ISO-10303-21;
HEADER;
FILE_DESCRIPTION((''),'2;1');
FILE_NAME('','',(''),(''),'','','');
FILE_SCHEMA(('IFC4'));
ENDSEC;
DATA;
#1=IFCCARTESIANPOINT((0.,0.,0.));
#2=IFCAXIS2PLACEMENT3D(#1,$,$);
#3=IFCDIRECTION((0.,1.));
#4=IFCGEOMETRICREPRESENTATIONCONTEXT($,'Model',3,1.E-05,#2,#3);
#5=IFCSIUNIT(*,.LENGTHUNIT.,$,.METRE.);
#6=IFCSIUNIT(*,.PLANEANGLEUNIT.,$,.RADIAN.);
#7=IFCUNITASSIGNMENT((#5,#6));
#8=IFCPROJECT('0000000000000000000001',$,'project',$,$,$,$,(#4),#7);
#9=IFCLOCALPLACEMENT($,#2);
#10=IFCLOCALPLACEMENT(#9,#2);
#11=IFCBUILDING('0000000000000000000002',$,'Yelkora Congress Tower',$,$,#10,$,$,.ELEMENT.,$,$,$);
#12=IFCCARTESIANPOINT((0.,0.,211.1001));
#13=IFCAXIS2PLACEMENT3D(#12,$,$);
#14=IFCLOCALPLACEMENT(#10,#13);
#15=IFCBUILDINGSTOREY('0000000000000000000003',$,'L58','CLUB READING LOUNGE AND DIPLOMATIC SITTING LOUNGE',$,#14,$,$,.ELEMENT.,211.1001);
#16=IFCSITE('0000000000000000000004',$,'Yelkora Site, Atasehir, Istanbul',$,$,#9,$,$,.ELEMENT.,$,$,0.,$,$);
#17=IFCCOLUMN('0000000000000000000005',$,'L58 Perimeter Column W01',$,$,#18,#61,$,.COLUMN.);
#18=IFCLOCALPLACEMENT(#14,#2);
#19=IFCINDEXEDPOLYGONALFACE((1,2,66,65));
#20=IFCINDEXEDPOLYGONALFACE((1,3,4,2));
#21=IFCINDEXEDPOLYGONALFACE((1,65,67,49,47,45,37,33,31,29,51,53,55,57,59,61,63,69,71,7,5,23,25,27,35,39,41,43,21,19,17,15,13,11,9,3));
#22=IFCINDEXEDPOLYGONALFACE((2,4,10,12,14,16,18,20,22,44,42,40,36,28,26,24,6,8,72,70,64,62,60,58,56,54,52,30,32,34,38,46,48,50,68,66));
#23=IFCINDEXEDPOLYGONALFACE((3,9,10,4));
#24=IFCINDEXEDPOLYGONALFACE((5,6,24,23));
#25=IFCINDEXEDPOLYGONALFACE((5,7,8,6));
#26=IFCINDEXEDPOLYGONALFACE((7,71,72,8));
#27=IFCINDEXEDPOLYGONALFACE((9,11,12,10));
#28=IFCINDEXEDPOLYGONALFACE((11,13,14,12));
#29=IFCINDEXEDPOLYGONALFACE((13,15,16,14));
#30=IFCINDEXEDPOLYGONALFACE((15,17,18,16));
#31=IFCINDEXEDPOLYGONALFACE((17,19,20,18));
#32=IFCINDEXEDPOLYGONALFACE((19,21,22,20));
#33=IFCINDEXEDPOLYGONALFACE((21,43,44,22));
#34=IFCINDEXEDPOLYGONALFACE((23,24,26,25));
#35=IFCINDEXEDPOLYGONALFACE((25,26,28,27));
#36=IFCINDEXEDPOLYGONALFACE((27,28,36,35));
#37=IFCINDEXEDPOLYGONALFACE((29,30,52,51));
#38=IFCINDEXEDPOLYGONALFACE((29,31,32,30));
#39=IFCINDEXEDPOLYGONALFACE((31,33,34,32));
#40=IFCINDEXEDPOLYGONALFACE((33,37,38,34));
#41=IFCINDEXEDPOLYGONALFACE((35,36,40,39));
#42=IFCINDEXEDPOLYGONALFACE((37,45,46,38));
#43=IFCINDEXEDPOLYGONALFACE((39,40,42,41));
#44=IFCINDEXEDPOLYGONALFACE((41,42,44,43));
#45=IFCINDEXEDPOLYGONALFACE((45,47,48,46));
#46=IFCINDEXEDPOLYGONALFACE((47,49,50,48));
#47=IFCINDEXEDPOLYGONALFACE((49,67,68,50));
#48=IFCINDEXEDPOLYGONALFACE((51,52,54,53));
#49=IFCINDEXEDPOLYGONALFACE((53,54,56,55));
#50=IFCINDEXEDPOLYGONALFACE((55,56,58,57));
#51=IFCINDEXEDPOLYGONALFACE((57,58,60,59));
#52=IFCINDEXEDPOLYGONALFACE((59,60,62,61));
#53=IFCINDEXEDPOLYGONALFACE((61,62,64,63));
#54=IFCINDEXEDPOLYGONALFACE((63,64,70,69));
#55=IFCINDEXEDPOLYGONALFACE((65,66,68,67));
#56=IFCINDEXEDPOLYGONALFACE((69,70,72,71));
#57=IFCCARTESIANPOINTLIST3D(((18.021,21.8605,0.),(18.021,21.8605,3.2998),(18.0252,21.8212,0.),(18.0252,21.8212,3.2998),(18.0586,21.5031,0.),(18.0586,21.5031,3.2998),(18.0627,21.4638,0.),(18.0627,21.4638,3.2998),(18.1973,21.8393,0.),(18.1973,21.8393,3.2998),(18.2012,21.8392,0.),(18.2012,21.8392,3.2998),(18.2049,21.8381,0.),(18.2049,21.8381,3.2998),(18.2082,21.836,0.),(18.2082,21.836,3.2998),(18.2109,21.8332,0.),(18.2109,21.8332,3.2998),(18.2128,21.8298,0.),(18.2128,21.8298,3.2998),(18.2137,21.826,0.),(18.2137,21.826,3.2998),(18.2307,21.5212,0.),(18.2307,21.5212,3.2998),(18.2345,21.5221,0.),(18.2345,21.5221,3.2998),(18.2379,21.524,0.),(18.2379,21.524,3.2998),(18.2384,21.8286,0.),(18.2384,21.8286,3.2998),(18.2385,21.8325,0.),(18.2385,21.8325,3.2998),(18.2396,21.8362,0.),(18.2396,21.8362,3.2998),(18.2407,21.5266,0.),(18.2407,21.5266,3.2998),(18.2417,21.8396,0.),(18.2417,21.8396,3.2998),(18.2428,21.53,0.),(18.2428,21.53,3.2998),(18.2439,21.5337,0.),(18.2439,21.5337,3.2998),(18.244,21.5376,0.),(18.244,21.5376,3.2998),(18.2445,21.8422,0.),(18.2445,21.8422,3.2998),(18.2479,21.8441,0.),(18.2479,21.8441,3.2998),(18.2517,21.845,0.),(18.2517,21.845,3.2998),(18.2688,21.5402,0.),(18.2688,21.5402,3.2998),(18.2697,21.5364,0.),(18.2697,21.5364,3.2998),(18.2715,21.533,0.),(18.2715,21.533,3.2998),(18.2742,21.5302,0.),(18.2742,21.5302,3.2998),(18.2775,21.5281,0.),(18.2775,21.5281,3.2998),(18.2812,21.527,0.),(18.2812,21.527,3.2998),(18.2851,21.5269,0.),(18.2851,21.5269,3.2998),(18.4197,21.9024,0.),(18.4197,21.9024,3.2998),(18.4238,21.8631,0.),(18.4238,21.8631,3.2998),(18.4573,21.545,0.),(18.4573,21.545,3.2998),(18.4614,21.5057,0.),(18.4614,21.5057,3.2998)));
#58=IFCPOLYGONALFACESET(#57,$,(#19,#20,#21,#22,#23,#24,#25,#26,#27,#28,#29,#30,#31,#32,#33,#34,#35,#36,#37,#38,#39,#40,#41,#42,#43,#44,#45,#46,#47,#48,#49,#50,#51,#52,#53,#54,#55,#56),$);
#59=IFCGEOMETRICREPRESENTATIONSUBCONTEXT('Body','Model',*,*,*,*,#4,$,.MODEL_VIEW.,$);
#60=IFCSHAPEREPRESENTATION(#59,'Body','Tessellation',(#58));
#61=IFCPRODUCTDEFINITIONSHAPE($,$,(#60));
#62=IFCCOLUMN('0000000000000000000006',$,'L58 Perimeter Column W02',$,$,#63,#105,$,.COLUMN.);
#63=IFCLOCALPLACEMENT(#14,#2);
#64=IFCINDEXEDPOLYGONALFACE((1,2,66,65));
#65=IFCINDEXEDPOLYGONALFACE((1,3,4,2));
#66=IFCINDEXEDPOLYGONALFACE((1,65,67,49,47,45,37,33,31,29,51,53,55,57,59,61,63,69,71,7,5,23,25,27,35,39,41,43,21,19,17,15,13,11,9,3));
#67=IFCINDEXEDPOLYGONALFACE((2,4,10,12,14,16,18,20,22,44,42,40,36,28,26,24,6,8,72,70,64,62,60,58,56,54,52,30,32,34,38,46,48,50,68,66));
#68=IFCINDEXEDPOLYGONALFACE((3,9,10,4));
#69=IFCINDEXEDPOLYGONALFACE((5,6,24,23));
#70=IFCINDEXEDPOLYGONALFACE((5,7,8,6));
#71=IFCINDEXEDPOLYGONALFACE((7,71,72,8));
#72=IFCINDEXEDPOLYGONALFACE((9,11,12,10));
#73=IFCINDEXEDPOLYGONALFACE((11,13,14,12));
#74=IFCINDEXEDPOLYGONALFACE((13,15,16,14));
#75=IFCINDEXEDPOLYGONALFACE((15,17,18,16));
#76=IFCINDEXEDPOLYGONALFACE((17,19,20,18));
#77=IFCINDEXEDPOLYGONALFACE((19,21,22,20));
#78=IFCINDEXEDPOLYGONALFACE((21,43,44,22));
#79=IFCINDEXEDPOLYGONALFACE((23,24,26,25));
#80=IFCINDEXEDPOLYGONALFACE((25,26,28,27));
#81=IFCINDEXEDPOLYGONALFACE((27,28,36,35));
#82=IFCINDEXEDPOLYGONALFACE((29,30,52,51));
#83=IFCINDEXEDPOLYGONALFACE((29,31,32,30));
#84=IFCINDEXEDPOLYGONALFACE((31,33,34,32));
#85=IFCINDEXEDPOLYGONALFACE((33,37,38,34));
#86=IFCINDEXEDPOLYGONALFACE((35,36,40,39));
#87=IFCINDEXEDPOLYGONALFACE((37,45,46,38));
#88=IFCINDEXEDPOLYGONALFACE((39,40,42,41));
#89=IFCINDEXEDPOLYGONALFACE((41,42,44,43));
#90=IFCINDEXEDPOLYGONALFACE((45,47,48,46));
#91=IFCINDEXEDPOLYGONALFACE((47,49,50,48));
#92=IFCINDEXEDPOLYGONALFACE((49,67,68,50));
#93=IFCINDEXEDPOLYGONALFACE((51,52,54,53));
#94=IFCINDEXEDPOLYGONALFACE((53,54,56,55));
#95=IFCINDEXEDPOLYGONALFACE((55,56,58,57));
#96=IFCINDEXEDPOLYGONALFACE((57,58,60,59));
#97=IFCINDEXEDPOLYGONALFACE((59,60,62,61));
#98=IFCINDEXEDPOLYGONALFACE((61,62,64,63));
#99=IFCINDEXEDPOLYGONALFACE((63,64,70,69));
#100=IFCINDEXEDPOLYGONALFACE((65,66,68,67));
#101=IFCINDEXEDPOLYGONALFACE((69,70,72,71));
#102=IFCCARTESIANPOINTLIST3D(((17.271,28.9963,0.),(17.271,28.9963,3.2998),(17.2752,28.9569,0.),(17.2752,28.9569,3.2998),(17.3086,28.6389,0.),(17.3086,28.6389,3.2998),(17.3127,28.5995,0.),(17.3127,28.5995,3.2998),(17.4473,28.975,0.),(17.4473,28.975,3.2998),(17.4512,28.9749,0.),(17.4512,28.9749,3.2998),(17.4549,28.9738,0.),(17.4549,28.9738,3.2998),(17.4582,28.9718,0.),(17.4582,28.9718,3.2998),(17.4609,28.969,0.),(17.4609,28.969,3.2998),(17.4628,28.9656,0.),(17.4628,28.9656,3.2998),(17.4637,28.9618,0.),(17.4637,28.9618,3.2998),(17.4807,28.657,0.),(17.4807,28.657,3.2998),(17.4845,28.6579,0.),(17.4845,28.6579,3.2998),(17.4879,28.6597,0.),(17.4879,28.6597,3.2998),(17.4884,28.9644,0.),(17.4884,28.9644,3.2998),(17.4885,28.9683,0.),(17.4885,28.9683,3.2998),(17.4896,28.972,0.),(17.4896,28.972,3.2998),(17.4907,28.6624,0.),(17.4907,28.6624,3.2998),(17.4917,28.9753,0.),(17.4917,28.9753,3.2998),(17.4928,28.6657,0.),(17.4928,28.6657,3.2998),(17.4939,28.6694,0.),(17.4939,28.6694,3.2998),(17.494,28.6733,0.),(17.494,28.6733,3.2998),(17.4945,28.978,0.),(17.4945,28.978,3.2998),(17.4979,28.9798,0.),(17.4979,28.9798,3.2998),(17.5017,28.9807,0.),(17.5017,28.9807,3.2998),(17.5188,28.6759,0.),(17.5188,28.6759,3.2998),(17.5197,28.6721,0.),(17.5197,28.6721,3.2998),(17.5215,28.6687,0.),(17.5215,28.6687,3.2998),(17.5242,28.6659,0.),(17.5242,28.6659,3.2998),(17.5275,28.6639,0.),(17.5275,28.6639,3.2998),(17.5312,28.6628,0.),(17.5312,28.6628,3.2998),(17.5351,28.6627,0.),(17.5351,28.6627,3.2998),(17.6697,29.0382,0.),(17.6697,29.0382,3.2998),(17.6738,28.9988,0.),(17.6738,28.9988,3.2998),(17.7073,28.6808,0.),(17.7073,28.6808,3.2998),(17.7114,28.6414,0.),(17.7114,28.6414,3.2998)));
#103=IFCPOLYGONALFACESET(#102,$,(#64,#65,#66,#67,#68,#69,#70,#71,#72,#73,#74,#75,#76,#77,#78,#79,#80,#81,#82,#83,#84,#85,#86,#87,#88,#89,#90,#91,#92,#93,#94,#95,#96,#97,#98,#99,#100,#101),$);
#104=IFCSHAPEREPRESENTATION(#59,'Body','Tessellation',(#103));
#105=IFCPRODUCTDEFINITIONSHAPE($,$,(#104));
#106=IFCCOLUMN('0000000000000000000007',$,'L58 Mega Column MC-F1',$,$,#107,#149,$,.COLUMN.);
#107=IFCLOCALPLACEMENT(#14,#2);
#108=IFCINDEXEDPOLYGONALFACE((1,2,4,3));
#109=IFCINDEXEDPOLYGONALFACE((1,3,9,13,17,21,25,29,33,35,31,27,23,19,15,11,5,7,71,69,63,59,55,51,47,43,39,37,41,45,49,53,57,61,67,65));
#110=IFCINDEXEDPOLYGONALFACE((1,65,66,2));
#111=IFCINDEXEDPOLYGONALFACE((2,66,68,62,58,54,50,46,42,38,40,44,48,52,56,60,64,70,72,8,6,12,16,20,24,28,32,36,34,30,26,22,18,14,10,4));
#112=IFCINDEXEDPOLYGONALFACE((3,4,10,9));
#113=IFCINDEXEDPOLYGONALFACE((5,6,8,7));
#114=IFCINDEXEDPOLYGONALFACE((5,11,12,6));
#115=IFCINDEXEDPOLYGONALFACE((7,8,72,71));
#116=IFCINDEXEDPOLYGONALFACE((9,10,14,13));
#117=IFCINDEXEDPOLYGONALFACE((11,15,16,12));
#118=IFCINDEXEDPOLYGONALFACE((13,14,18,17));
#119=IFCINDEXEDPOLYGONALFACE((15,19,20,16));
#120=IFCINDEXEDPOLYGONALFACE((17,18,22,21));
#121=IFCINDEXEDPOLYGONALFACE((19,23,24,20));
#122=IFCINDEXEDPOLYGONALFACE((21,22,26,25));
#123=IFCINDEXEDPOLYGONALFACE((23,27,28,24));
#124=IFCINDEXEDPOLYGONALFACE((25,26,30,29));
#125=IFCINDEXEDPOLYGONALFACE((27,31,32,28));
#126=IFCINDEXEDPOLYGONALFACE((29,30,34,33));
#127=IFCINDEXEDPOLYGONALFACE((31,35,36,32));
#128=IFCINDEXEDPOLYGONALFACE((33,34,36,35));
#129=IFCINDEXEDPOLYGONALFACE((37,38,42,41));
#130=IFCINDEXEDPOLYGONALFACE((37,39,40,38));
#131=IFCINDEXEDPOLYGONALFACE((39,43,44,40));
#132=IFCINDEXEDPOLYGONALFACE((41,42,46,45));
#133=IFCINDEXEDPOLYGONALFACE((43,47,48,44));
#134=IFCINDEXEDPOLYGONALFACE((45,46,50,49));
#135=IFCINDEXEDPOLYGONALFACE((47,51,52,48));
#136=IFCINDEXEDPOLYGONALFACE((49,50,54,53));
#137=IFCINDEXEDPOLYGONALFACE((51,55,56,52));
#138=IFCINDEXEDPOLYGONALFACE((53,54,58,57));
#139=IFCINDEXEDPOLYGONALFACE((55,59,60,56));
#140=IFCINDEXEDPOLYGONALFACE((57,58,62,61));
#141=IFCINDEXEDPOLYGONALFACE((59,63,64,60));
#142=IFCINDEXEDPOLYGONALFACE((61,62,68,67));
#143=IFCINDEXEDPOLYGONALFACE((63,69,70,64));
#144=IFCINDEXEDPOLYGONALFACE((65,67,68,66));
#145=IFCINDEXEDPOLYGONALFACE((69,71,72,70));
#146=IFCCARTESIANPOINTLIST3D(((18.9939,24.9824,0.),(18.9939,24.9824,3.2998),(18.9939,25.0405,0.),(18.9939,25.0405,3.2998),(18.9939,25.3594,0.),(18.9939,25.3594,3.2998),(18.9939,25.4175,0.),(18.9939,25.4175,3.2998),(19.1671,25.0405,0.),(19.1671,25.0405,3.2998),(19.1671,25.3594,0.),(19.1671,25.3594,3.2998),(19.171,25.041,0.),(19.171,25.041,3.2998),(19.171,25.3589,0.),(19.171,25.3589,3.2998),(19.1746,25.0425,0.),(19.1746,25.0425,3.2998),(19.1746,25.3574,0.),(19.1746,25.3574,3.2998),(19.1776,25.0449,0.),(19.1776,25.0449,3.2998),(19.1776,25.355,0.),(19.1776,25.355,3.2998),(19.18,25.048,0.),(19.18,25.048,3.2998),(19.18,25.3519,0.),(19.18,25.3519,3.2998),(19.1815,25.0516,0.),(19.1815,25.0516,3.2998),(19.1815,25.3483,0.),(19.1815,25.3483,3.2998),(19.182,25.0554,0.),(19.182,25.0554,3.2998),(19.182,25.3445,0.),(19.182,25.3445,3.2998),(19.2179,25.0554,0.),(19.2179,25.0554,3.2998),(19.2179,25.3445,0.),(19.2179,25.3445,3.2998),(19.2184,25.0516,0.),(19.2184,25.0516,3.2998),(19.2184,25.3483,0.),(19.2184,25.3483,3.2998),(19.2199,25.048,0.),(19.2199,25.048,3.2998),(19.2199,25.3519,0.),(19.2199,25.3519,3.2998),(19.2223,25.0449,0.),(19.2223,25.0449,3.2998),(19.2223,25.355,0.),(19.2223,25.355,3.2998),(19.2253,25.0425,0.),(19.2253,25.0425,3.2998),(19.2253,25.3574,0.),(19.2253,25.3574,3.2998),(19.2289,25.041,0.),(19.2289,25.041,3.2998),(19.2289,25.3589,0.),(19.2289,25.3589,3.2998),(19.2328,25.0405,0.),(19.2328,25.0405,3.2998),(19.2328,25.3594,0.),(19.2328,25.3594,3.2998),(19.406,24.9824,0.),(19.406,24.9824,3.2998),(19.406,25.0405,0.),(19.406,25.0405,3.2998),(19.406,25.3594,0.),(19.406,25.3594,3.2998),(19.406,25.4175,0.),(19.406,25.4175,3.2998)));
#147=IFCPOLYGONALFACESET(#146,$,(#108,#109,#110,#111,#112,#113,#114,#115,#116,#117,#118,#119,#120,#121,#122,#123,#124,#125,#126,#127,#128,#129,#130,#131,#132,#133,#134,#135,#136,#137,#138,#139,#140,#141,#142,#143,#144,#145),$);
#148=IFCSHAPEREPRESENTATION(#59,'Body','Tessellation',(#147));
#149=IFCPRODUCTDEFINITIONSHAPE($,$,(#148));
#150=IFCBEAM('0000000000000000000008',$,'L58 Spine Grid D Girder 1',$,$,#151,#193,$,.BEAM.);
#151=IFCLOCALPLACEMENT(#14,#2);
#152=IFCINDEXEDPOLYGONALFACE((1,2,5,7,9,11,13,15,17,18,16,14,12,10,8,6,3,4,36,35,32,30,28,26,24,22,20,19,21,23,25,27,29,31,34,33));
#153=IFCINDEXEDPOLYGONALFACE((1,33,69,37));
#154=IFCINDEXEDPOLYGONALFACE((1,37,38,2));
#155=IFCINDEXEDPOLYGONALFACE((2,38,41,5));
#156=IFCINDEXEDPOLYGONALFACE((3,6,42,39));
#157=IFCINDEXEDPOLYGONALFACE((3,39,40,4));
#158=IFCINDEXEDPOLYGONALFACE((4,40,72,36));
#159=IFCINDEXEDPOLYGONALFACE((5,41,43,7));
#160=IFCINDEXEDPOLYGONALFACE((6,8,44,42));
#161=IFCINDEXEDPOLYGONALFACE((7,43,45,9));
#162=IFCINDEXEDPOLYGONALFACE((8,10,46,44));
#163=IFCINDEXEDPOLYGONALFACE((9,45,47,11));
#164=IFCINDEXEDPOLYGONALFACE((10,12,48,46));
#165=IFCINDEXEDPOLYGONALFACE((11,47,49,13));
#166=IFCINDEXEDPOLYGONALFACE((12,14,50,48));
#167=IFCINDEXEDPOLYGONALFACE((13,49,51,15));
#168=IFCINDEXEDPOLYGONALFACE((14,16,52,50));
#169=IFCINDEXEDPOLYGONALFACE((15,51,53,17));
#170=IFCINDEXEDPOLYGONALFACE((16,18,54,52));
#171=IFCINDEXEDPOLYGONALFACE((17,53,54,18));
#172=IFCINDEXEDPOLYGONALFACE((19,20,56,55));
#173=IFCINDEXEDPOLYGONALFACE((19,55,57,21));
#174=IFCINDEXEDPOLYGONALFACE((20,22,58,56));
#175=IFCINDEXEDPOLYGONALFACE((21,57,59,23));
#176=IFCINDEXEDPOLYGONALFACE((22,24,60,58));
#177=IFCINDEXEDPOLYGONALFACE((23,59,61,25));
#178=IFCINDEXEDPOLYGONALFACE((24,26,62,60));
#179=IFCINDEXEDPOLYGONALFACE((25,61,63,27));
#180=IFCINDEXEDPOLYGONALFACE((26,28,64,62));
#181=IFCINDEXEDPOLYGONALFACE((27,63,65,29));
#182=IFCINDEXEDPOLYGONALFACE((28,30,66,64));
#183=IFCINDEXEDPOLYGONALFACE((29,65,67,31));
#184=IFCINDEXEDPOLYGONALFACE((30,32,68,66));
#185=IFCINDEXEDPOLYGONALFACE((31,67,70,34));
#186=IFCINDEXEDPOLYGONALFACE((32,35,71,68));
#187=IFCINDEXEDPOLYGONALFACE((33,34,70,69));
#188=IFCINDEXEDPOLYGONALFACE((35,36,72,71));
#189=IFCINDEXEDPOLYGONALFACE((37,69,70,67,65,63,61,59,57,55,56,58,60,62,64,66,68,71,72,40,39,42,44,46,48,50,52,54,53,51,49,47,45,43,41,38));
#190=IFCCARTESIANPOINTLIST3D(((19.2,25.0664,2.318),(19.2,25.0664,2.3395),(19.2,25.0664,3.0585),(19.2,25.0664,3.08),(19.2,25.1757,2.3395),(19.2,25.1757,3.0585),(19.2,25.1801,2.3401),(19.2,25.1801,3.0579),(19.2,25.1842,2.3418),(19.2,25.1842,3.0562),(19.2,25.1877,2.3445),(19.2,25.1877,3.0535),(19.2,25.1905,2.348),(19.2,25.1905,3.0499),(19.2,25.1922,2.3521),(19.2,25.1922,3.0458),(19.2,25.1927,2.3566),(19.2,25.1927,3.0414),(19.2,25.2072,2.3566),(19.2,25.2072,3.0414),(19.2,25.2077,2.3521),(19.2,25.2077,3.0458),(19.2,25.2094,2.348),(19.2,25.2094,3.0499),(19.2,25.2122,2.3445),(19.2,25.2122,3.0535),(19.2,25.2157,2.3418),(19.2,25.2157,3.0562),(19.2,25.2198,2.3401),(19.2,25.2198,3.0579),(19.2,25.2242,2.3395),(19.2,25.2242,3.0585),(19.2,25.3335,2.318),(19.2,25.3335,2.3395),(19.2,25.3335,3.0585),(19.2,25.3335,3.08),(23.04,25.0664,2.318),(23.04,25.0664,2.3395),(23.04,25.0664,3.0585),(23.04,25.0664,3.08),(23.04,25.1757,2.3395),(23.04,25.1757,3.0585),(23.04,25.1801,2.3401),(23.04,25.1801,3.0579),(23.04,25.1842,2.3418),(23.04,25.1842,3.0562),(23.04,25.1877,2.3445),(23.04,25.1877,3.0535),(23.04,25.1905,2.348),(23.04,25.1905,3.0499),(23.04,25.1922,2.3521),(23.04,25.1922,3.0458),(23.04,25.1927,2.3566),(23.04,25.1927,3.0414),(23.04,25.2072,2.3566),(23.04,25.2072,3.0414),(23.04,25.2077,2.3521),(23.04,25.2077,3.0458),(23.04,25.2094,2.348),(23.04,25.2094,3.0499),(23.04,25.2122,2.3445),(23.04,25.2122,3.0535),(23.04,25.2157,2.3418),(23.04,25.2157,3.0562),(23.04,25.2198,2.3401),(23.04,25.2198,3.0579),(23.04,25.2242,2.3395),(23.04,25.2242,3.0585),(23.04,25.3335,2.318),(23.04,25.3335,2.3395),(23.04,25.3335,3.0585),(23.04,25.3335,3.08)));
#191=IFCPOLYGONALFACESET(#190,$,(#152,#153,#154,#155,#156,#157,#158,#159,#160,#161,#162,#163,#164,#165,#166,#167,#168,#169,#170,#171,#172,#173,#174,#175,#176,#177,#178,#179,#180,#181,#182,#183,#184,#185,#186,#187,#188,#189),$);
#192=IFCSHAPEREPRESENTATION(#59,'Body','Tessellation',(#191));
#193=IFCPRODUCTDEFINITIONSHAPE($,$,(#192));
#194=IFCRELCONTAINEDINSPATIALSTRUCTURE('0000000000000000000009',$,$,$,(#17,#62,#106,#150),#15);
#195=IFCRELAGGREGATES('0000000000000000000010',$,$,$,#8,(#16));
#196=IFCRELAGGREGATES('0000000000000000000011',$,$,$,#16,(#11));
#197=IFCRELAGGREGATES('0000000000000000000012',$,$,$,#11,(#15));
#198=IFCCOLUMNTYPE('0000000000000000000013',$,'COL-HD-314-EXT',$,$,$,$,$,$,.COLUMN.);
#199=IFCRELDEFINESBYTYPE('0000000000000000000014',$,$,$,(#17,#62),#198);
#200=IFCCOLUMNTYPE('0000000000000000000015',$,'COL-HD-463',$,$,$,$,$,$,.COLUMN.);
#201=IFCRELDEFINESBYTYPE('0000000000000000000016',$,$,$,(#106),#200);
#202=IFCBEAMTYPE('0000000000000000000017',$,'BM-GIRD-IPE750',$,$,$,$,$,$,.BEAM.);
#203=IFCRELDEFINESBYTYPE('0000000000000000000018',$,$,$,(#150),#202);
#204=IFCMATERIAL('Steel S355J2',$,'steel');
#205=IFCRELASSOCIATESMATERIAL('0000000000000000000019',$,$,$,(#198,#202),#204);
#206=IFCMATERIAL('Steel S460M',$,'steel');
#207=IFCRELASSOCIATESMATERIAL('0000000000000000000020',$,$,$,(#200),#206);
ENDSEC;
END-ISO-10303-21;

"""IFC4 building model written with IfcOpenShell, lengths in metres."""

from ifc_helpers import new_model, si_unit, direction, frame, origin, origin_2d, place, context, subcontext, project, spatial, i_section, extrude, material, material_profile, profile_set, type_object, element, save


model = new_model("IFC4")

# Units and contexts
model_context = context("Model", 3, precision=1e-05, world=origin(), true_north=direction((0.0, 1.0)))
body_context = subcontext(model_context, "Body", "Model", "MODEL_VIEW")
ifc_project = project(units=[si_unit("LENGTHUNIT", "METRE"), si_unit("PLANEANGLEUNIT", "RADIAN")], contexts=[model_context])

# Site, building, storey
site_placement = place(None, origin())
site = spatial("IfcSite", under=ifc_project, at=site_placement, Name="Yelkora Site, Atasehir, Istanbul", CompositionType="ELEMENT", RefElevation=0.0)
building_placement = place(site_placement, origin())
building = spatial("IfcBuilding", under=site, at=building_placement, Name="Yelkora Congress Tower", CompositionType="ELEMENT")
storey_placement = place(building_placement, frame((0.0, 0.0, 211.1001)))
storey = spatial("IfcBuildingStorey", under=building, at=storey_placement, Name="L58", Description="CLUB READING LOUNGE AND DIPLOMATIC SITTING LOUNGE", CompositionType="ELEMENT", Elevation=211.1001)

# Columns
ifc_material_1 = material(Name="Steel S355J2", Category="steel")
ifc_material_profile_1 = material_profile(ifc_material_1, i_section(OverallWidth=0.4009, OverallDepth=0.3989, WebThickness=0.0249, FlangeThickness=0.0396, FilletRadius=0.0149, at=origin_2d()), Name="HD 400x314")
ifc_profile_set_1 = profile_set([ifc_material_profile_1], Name="Steel S355J2")
column_type_1 = type_object("IfcColumnType", Name="COL-HD-314-EXT", PredefinedType="COLUMN", material=ifc_profile_set_1)
for number, where, z_axis, x_axis, name in (
    (1, (18.2412, 21.6831, 0.0), (0.0, 0.0, 1.0), (0.994522, 0.104528, 0.0), "L58 Perimeter Column W01"),
    (2, (17.4912, 28.8188, 0.0), (0.0, 0.0, 1.0), (0.994522, 0.104528, 0.0), "L58 Perimeter Column W02"),
):
    element("IfcColumn", number, at=place(storey_placement, frame(where, z_axis=z_axis, x_axis=x_axis)), inside=storey, type_object=column_type_1, Name=name, PredefinedType="COLUMN", context=body_context, shape_type="SweptSolid", body=[
        extrude(i_section(OverallWidth=0.4009, OverallDepth=0.3989, WebThickness=0.0249, FlangeThickness=0.0396, FilletRadius=0.0149, at=origin_2d()), origin(), (0.0, 0.0, 1.0), 3.2998),
    ])
ifc_material_2 = material(Name="Steel S460M", Category="steel")
ifc_material_profile_2 = material_profile(ifc_material_2, i_section(OverallWidth=0.4121, OverallDepth=0.4351, WebThickness=0.0359, FlangeThickness=0.0581, FilletRadius=0.0149, at=origin_2d()), Name="HD 400x463")
ifc_profile_set_2 = profile_set([ifc_material_profile_2], Name="Steel S460M")
column_type_2 = type_object("IfcColumnType", Name="COL-HD-463", PredefinedType="COLUMN", material=ifc_profile_set_2)
column_placement = place(storey_placement, frame((19.2, 25.2, 0.0), z_axis=(0.0, 0.0, 1.0), x_axis=(1.0, 0.0, 0.0)))
element("IfcColumn", 3, at=column_placement, inside=storey, type_object=column_type_2, Name="L58 Mega Column MC-F1", PredefinedType="COLUMN", context=body_context, shape_type="SweptSolid", body=[
    extrude(i_section(OverallWidth=0.4121, OverallDepth=0.4351, WebThickness=0.0359, FlangeThickness=0.0581, FilletRadius=0.0149, at=origin_2d()), origin(), (0.0, 0.0, 1.0), 3.2998),
])

# Beam
ifc_material_profile_3 = material_profile(ifc_material_1, i_section(OverallWidth=0.2671, OverallDepth=0.762, WebThickness=0.0144, FlangeThickness=0.0215, FilletRadius=0.0171, at=origin_2d()), Name="IPE 750x173")
ifc_profile_set_3 = profile_set([ifc_material_profile_3], Name="Steel S355J2")
beam_type_1 = type_object("IfcBeamType", Name="BM-GIRD-IPE750", PredefinedType="BEAM", material=ifc_profile_set_3)
beam_1_placement = place(storey_placement, frame((19.2, 25.2, 2.699), z_axis=(1.0, 0.0, 0.0), x_axis=(0.0, 1.0, 0.0)))
element("IfcBeam", 4, at=beam_1_placement, inside=storey, type_object=beam_type_1, Name="L58 Spine Grid D Girder 1", PredefinedType="BEAM", context=body_context, shape_type="SweptSolid", body=[
    extrude(i_section(OverallWidth=0.2671, OverallDepth=0.762, WebThickness=0.0144, FlangeThickness=0.0215, FilletRadius=0.0171, at=origin_2d()), origin(), (0.0, 0.0, 1.0), 3.8401),
])

save(model, "model.ifc")
